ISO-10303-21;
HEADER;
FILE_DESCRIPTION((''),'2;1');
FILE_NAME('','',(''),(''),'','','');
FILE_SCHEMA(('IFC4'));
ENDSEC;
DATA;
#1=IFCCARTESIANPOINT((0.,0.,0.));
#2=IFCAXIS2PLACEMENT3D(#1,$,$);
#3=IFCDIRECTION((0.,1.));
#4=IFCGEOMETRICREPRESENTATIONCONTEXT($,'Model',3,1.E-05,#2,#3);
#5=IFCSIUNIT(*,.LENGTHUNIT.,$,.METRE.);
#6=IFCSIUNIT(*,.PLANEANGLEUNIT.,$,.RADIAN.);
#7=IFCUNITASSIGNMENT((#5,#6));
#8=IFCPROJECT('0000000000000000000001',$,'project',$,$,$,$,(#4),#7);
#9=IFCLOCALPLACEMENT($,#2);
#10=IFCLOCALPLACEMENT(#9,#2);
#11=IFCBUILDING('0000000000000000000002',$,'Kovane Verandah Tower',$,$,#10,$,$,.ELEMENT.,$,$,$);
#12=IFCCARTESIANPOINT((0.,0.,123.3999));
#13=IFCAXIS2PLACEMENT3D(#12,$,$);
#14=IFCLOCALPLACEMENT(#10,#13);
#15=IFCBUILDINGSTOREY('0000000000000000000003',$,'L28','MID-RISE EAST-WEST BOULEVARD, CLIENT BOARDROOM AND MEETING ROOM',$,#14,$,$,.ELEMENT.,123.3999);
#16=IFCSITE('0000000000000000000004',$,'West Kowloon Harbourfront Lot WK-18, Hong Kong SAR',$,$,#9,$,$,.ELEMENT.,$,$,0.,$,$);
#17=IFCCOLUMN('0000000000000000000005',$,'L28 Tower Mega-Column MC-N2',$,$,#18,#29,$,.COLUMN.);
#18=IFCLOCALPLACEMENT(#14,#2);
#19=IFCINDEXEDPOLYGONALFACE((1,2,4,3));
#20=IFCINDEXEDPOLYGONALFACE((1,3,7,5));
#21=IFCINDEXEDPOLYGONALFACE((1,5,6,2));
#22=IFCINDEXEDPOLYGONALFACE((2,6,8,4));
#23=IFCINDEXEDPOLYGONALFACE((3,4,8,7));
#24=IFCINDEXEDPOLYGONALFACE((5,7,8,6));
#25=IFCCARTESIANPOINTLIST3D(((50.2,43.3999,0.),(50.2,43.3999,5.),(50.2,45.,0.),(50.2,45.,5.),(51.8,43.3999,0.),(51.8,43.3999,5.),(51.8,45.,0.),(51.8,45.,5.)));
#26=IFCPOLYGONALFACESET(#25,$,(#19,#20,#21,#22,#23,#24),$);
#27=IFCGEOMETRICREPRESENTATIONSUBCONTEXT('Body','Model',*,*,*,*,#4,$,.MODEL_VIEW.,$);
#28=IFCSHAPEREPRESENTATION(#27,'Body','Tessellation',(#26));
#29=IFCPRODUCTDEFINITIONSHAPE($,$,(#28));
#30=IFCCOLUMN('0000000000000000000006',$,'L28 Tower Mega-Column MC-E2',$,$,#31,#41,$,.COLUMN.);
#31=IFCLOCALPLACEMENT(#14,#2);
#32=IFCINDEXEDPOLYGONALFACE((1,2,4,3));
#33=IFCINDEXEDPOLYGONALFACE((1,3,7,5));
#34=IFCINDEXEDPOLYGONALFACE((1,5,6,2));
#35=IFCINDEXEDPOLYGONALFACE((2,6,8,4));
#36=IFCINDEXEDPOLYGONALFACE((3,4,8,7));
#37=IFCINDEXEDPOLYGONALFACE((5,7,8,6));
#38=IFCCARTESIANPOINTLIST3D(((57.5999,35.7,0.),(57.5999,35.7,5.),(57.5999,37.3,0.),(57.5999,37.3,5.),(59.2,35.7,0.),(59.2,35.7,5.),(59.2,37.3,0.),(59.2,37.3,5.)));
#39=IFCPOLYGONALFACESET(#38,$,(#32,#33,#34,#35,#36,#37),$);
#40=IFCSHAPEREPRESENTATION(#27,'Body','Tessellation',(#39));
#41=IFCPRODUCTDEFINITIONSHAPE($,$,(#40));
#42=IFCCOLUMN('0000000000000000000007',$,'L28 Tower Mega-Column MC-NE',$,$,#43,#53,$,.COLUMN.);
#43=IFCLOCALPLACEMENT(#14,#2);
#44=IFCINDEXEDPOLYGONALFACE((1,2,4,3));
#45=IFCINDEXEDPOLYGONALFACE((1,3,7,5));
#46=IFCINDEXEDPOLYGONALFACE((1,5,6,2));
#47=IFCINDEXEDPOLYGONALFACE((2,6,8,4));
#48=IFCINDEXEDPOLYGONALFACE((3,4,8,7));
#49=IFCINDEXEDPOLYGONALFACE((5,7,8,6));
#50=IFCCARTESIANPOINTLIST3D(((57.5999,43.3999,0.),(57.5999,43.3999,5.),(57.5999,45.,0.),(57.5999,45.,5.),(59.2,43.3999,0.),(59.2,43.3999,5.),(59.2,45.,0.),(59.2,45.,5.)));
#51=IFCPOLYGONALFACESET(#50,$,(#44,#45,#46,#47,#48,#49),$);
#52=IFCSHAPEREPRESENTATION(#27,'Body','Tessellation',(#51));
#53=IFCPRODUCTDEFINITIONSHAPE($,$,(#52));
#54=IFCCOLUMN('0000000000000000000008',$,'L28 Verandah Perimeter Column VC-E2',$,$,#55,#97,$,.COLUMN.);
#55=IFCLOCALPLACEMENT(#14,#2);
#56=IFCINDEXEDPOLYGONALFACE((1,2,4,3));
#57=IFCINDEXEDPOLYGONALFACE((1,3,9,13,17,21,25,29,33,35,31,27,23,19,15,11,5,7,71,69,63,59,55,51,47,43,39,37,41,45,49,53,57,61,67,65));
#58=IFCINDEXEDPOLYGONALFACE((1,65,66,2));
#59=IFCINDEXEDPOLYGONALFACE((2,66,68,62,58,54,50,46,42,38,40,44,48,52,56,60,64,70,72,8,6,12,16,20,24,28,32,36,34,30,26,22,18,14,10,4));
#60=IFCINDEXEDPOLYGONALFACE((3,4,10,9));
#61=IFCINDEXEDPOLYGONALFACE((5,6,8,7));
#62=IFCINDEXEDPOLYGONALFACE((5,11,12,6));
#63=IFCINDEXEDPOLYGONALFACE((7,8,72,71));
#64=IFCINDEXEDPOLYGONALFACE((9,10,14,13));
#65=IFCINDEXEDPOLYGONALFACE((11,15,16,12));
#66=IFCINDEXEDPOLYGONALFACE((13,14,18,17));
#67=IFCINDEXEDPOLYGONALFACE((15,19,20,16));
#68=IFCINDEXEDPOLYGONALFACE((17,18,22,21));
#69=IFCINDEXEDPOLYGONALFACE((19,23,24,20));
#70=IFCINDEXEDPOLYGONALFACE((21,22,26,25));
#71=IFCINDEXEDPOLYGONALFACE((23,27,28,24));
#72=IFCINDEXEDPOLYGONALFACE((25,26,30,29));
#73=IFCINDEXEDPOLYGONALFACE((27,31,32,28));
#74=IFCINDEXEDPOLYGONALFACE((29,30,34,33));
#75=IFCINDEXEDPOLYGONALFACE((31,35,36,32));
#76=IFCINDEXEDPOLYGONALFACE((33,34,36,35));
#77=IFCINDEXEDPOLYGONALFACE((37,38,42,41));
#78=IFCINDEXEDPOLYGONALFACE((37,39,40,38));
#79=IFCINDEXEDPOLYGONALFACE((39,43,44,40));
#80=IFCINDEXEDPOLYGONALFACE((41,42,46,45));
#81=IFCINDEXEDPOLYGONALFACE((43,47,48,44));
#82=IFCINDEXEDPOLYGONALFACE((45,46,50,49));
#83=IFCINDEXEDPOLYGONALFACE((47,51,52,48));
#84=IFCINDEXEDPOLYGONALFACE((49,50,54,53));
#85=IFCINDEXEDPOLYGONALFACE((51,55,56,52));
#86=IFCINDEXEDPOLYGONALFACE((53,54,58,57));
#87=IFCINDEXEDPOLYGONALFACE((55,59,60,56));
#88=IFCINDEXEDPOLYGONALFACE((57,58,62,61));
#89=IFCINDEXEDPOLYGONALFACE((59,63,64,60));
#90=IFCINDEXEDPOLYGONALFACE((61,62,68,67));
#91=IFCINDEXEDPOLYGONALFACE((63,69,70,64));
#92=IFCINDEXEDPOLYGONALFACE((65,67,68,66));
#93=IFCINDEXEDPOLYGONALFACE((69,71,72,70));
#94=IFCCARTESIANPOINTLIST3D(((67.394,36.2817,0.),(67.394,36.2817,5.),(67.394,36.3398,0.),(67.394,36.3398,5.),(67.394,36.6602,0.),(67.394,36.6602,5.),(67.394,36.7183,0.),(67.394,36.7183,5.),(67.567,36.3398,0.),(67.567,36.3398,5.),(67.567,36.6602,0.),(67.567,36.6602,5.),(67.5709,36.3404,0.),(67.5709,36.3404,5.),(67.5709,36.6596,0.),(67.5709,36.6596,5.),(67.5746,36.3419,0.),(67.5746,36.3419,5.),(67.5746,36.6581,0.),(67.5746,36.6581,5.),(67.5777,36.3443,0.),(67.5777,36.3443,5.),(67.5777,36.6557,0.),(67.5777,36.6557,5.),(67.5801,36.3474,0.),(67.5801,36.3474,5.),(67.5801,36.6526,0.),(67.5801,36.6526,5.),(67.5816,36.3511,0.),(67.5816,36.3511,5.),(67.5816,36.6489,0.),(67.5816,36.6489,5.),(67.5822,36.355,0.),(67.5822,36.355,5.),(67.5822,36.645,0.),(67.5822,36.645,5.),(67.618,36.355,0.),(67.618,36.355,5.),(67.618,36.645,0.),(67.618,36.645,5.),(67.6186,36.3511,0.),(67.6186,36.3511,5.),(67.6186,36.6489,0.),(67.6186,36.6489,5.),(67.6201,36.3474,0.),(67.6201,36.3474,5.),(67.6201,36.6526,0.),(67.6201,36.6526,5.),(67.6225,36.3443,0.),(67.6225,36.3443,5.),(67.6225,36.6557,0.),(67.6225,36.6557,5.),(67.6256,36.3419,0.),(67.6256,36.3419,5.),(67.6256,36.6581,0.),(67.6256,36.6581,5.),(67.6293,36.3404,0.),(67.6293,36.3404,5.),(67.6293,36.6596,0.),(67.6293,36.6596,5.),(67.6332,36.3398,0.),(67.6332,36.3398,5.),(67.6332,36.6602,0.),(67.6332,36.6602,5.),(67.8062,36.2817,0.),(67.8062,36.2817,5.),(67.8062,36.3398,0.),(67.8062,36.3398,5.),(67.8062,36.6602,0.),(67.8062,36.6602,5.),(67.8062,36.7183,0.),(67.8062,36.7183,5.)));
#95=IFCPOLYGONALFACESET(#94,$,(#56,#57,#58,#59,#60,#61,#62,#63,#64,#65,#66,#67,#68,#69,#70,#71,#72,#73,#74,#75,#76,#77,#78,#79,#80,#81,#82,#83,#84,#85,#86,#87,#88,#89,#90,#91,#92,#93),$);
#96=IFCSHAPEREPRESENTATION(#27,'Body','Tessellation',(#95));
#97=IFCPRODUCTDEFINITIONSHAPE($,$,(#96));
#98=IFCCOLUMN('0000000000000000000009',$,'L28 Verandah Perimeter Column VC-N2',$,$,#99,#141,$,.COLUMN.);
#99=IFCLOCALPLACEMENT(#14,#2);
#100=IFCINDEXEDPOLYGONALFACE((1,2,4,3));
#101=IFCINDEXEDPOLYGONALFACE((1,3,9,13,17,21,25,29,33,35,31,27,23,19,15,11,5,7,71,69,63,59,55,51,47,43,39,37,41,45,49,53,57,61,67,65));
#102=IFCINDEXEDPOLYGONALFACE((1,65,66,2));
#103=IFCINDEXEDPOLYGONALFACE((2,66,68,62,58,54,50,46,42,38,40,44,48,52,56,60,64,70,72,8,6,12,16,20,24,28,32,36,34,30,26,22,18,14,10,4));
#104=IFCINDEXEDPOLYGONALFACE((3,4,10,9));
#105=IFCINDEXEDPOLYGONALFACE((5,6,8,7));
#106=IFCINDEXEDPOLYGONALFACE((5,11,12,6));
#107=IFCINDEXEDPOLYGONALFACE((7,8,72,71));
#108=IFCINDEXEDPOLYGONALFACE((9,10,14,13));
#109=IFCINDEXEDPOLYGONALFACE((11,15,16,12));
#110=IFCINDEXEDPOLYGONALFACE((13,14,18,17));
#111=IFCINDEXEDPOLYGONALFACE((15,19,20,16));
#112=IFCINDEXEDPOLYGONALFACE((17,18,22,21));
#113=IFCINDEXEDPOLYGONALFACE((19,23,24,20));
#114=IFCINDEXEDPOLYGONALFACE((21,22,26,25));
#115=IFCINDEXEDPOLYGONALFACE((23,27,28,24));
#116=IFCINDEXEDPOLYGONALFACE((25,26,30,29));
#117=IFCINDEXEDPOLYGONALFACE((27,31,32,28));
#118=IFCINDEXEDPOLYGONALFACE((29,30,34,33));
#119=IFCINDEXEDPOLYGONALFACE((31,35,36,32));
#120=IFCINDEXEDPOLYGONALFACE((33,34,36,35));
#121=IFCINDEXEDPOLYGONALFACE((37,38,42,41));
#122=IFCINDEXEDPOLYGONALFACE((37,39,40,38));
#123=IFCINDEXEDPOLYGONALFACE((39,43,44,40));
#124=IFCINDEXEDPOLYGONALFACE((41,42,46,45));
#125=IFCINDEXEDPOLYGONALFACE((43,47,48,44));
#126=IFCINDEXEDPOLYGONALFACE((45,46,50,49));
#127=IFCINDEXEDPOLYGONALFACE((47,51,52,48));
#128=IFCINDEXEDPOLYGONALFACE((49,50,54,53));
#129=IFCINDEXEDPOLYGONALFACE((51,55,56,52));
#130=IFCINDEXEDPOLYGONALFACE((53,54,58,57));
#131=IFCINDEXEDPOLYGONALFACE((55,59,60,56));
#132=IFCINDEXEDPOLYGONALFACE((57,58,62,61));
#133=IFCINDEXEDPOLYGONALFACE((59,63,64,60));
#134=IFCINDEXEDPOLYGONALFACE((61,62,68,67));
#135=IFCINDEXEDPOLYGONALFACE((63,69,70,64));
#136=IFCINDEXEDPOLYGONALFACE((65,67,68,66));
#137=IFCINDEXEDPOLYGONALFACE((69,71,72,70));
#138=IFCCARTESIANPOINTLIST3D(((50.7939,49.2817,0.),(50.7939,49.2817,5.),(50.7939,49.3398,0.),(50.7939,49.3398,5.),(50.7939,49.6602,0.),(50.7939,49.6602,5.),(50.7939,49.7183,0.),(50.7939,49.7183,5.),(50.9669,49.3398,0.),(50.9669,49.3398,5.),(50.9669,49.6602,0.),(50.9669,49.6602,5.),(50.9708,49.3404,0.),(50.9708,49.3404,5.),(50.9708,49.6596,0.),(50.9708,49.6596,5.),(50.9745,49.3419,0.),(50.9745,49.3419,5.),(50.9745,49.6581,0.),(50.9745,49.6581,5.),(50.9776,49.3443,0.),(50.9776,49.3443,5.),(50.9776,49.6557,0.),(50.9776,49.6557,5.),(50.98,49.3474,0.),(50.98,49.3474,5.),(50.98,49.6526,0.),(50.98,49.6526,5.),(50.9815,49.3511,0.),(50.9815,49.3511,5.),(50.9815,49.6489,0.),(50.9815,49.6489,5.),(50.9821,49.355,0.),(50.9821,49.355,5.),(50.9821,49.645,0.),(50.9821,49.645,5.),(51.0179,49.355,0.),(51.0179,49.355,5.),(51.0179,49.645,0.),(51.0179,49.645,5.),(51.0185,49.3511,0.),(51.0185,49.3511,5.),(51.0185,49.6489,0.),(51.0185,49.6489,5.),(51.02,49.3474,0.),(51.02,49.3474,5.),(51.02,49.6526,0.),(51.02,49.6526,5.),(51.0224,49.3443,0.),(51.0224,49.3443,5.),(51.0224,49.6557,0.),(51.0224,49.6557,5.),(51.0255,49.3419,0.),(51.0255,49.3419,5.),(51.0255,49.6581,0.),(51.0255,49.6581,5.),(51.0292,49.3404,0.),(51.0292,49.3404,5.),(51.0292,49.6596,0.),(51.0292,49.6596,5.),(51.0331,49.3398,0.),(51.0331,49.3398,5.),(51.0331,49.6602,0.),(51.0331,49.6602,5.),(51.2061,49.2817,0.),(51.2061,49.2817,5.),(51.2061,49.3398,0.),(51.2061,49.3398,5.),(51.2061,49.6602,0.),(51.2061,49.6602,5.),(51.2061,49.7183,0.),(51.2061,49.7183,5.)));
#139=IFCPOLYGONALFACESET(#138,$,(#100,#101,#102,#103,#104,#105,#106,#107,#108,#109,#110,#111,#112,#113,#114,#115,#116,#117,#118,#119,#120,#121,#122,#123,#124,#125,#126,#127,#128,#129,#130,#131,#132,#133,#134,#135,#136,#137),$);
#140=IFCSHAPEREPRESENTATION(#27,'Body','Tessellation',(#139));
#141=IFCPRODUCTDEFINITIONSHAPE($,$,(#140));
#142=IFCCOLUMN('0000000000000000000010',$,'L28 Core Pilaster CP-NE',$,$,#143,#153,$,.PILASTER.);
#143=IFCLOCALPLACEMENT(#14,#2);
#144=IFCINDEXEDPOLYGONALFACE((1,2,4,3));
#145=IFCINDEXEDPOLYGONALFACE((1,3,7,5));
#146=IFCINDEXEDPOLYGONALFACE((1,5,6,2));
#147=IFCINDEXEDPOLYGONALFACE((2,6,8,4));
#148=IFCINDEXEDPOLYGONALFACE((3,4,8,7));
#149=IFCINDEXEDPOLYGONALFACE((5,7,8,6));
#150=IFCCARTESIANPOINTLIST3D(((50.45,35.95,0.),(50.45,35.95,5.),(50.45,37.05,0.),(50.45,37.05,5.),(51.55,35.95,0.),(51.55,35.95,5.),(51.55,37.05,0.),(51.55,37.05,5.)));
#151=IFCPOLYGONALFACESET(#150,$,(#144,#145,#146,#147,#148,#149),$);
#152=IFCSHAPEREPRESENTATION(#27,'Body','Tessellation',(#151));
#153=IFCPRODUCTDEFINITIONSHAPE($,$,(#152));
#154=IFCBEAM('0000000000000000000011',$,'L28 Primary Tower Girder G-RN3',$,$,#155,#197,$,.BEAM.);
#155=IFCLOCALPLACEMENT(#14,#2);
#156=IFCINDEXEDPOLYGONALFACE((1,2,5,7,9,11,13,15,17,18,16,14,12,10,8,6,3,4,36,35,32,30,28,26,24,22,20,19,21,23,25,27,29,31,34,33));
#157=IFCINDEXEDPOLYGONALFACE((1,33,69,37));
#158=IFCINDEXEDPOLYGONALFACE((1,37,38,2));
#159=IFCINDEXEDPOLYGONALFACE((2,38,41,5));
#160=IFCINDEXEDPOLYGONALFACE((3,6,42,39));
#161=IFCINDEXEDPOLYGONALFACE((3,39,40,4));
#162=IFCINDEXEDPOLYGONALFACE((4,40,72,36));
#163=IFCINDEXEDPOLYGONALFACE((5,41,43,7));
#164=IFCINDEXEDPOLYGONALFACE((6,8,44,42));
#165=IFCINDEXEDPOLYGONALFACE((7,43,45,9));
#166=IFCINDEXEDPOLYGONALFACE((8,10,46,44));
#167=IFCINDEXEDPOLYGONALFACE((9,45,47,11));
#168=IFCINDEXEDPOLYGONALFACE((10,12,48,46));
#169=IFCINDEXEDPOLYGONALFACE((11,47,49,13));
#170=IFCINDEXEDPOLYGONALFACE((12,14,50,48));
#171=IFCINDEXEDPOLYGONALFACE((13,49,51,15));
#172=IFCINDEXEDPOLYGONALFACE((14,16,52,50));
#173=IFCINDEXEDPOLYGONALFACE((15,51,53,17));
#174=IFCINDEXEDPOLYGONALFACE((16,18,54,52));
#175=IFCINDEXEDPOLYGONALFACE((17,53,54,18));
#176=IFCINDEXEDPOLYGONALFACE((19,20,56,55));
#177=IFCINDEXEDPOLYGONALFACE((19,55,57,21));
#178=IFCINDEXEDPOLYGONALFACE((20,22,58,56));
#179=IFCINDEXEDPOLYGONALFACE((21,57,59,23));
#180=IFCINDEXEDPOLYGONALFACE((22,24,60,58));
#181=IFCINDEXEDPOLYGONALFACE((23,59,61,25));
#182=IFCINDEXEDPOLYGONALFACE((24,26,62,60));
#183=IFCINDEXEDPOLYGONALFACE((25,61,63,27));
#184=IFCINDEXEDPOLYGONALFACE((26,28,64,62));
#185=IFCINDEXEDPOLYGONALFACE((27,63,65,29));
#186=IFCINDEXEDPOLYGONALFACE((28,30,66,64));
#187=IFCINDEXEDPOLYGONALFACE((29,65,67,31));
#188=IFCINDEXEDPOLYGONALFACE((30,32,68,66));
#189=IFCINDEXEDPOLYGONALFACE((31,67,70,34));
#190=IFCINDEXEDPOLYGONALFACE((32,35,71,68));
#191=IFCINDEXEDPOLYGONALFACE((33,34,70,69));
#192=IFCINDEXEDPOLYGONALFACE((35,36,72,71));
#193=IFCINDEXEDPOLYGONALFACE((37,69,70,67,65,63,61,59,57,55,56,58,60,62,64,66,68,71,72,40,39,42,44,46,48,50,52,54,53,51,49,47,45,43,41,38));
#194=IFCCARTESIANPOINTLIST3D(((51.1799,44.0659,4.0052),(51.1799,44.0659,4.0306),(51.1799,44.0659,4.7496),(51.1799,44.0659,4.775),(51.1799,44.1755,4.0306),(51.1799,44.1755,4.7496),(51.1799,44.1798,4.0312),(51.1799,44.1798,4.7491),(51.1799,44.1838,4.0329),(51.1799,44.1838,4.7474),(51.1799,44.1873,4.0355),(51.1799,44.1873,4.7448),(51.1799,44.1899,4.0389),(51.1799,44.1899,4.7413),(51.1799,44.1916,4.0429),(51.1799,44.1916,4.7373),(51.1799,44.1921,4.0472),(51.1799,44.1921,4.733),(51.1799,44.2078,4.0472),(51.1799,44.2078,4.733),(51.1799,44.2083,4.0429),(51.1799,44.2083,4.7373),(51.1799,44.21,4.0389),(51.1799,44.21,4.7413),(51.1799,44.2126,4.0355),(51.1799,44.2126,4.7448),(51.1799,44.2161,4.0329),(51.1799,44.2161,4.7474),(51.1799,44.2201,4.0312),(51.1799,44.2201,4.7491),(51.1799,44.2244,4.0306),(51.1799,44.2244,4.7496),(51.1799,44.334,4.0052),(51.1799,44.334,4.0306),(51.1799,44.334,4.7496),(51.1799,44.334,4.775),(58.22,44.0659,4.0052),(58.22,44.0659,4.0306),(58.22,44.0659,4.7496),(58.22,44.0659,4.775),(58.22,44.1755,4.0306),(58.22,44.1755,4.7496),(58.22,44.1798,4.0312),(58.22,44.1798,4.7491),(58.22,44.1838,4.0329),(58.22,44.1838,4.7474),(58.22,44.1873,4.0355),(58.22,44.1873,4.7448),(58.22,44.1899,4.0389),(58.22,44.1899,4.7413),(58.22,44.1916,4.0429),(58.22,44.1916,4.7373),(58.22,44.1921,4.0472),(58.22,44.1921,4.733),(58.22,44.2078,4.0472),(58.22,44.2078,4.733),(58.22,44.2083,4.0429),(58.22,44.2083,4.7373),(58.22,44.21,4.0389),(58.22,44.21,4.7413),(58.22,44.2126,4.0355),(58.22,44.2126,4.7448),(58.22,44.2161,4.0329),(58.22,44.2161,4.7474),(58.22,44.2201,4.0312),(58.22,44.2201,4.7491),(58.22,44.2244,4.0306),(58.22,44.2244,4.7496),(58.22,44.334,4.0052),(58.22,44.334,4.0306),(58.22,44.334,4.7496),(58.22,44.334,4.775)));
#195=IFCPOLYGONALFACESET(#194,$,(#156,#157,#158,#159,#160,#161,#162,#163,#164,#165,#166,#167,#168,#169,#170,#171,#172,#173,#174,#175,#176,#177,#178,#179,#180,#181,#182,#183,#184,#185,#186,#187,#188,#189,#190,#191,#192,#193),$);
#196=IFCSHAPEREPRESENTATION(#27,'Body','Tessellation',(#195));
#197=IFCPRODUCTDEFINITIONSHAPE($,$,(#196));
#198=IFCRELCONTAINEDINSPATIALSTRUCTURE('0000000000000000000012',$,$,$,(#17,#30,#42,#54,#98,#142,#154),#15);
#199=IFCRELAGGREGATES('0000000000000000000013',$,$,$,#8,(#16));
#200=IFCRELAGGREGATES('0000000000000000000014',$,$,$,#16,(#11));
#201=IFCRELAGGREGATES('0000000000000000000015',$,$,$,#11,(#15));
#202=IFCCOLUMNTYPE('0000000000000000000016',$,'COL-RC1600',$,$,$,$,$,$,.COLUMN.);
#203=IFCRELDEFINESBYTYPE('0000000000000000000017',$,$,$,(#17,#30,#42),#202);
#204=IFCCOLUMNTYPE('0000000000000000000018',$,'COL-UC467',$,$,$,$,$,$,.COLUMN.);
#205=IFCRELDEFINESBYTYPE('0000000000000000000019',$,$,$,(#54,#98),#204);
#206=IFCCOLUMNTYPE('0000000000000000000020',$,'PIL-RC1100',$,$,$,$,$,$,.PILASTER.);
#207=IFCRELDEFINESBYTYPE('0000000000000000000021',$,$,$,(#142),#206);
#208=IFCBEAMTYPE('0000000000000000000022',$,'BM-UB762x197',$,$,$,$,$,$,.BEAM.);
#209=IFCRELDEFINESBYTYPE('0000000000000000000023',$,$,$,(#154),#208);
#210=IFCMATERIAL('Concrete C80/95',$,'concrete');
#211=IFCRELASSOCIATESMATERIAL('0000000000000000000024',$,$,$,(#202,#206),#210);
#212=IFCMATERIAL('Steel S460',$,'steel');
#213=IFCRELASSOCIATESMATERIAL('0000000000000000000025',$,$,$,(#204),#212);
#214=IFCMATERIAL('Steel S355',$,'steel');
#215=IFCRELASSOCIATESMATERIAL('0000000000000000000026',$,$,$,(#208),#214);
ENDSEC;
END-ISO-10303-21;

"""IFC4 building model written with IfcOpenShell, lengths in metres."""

from ifc_helpers import new_model, si_unit, direction, frame, origin, origin_2d, place, context, subcontext, project, spatial, rectangle, i_section, extrude, material, material_profile, profile_set, type_object, element, save


model = new_model("IFC4")

# Units and contexts
model_context = context("Model", 3, precision=1e-05, world=origin(), true_north=direction((0.0, 1.0)))
body_context = subcontext(model_context, "Body", "Model", "MODEL_VIEW")
ifc_project = project(units=[si_unit("LENGTHUNIT", "METRE"), si_unit("PLANEANGLEUNIT", "RADIAN")], contexts=[model_context])

# Site, building, storey
site_placement = place(None, origin())
site = spatial("IfcSite", under=ifc_project, at=site_placement, Name="West Kowloon Harbourfront Lot WK-18, Hong Kong SAR", CompositionType="ELEMENT", RefElevation=0.0)
building_placement = place(site_placement, origin())
building = spatial("IfcBuilding", under=site, at=building_placement, Name="Kovane Verandah Tower", CompositionType="ELEMENT")
storey_placement = place(building_placement, frame((0.0, 0.0, 123.3999)))
storey = spatial("IfcBuildingStorey", under=building, at=storey_placement, Name="L28", Description="MID-RISE EAST-WEST BOULEVARD, CLIENT BOARDROOM AND MEETING ROOM", CompositionType="ELEMENT", Elevation=123.3999)

# Columns
ifc_material_1 = material(Name="Concrete C80/95", Category="concrete")
ifc_material_profile_1 = material_profile(ifc_material_1, rectangle(XDim=1.6001, YDim=1.6001, at=origin_2d()), Name="RC1600x1600")
ifc_profile_set_1 = profile_set([ifc_material_profile_1], Name="Concrete C80/95")
column_type_1 = type_object("IfcColumnType", Name="COL-RC1600", PredefinedType="COLUMN", material=ifc_profile_set_1)
for number, where, z_axis, x_axis, name in (
    (1, (51.0, 44.2, 0.0), (0.0, 0.0, 1.0), (1.0, 0.0, 0.0), "L28 Tower Mega-Column MC-N2"),
    (2, (58.3999, 36.5, 0.0), (0.0, 0.0, 1.0), (1.0, 0.0, 0.0), "L28 Tower Mega-Column MC-E2"),
    (3, (58.3999, 44.2, 0.0), (0.0, 0.0, 1.0), (1.0, 0.0, 0.0), "L28 Tower Mega-Column MC-NE"),
):
    element("IfcColumn", number, at=place(storey_placement, frame(where, z_axis=z_axis, x_axis=x_axis)), inside=storey, type_object=column_type_1, Name=name, PredefinedType="COLUMN", context=body_context, shape_type="SweptSolid", body=[
        extrude(rectangle(XDim=1.6001, YDim=1.6001, at=origin_2d()), origin(), (0.0, 0.0, 1.0), 5.0),
    ])
ifc_material_2 = material(Name="Steel S460", Category="steel")
ifc_material_profile_2 = material_profile(ifc_material_2, i_section(OverallWidth=0.4121, OverallDepth=0.4365, WebThickness=0.0359, FlangeThickness=0.0581, FilletRadius=0.0151, at=origin_2d()), Name="UC356x406x467")
ifc_profile_set_2 = profile_set([ifc_material_profile_2], Name="Steel S460")
column_type_2 = type_object("IfcColumnType", Name="COL-UC467", PredefinedType="COLUMN", material=ifc_profile_set_2)
for number, where, z_axis, x_axis, name in (
    (4, (67.6001, 36.5, 0.0), (0.0, 0.0, 1.0), (1.0, 0.0, 0.0), "L28 Verandah Perimeter Column VC-E2"),
    (5, (51.0, 49.5, 0.0), (0.0, 0.0, 1.0), (1.0, 0.0, 0.0), "L28 Verandah Perimeter Column VC-N2"),
):
    element("IfcColumn", number, at=place(storey_placement, frame(where, z_axis=z_axis, x_axis=x_axis)), inside=storey, type_object=column_type_2, Name=name, PredefinedType="COLUMN", context=body_context, shape_type="SweptSolid", body=[
        extrude(i_section(OverallWidth=0.4121, OverallDepth=0.4365, WebThickness=0.0359, FlangeThickness=0.0581, FilletRadius=0.0151, at=origin_2d()), origin(), (0.0, 0.0, 1.0), 5.0),
    ])
ifc_material_profile_3 = material_profile(ifc_material_1, rectangle(XDim=1.1001, YDim=1.1001, at=origin_2d()), Name="RC1100x1100")
ifc_profile_set_3 = profile_set([ifc_material_profile_3], Name="Concrete C80/95")
column_type_3 = type_object("IfcColumnType", Name="PIL-RC1100", PredefinedType="PILASTER", material=ifc_profile_set_3)
column_placement = place(storey_placement, frame((51.0, 36.5, 0.0), z_axis=(0.0, 0.0, 1.0), x_axis=(1.0, 0.0, 0.0)))
element("IfcColumn", 6, at=column_placement, inside=storey, type_object=column_type_3, Name="L28 Core Pilaster CP-NE", PredefinedType="PILASTER", context=body_context, shape_type="SweptSolid", body=[
    extrude(rectangle(XDim=1.1001, YDim=1.1001, at=origin_2d()), origin(), (0.0, 0.0, 1.0), 5.0),
])

# Beam
ifc_material_3 = material(Name="Steel S355", Category="steel")
ifc_material_profile_4 = material_profile(ifc_material_3, i_section(OverallWidth=0.2681, OverallDepth=0.7698, WebThickness=0.0156, FlangeThickness=0.0254, FilletRadius=0.0166, at=origin_2d()), Name="UB762x267x197")
ifc_profile_set_4 = profile_set([ifc_material_profile_4], Name="Steel S355")
beam_type_1 = type_object("IfcBeamType", Name="BM-UB762x197", PredefinedType="BEAM", material=ifc_profile_set_4)
beam_1_placement = place(storey_placement, frame((51.1799, 44.2, 4.3901), z_axis=(1.0, 0.0, 0.0), x_axis=(0.0, 1.0, 0.0)))
element("IfcBeam", 7, at=beam_1_placement, inside=storey, type_object=beam_type_1, Name="L28 Primary Tower Girder G-RN3", PredefinedType="BEAM", context=body_context, shape_type="SweptSolid", body=[
    extrude(i_section(OverallWidth=0.2681, OverallDepth=0.7698, WebThickness=0.0156, FlangeThickness=0.0254, FilletRadius=0.0166, at=origin_2d()), origin(), (0.0, 0.0, 1.0), 7.04),
])

save(model, "model.ifc")
